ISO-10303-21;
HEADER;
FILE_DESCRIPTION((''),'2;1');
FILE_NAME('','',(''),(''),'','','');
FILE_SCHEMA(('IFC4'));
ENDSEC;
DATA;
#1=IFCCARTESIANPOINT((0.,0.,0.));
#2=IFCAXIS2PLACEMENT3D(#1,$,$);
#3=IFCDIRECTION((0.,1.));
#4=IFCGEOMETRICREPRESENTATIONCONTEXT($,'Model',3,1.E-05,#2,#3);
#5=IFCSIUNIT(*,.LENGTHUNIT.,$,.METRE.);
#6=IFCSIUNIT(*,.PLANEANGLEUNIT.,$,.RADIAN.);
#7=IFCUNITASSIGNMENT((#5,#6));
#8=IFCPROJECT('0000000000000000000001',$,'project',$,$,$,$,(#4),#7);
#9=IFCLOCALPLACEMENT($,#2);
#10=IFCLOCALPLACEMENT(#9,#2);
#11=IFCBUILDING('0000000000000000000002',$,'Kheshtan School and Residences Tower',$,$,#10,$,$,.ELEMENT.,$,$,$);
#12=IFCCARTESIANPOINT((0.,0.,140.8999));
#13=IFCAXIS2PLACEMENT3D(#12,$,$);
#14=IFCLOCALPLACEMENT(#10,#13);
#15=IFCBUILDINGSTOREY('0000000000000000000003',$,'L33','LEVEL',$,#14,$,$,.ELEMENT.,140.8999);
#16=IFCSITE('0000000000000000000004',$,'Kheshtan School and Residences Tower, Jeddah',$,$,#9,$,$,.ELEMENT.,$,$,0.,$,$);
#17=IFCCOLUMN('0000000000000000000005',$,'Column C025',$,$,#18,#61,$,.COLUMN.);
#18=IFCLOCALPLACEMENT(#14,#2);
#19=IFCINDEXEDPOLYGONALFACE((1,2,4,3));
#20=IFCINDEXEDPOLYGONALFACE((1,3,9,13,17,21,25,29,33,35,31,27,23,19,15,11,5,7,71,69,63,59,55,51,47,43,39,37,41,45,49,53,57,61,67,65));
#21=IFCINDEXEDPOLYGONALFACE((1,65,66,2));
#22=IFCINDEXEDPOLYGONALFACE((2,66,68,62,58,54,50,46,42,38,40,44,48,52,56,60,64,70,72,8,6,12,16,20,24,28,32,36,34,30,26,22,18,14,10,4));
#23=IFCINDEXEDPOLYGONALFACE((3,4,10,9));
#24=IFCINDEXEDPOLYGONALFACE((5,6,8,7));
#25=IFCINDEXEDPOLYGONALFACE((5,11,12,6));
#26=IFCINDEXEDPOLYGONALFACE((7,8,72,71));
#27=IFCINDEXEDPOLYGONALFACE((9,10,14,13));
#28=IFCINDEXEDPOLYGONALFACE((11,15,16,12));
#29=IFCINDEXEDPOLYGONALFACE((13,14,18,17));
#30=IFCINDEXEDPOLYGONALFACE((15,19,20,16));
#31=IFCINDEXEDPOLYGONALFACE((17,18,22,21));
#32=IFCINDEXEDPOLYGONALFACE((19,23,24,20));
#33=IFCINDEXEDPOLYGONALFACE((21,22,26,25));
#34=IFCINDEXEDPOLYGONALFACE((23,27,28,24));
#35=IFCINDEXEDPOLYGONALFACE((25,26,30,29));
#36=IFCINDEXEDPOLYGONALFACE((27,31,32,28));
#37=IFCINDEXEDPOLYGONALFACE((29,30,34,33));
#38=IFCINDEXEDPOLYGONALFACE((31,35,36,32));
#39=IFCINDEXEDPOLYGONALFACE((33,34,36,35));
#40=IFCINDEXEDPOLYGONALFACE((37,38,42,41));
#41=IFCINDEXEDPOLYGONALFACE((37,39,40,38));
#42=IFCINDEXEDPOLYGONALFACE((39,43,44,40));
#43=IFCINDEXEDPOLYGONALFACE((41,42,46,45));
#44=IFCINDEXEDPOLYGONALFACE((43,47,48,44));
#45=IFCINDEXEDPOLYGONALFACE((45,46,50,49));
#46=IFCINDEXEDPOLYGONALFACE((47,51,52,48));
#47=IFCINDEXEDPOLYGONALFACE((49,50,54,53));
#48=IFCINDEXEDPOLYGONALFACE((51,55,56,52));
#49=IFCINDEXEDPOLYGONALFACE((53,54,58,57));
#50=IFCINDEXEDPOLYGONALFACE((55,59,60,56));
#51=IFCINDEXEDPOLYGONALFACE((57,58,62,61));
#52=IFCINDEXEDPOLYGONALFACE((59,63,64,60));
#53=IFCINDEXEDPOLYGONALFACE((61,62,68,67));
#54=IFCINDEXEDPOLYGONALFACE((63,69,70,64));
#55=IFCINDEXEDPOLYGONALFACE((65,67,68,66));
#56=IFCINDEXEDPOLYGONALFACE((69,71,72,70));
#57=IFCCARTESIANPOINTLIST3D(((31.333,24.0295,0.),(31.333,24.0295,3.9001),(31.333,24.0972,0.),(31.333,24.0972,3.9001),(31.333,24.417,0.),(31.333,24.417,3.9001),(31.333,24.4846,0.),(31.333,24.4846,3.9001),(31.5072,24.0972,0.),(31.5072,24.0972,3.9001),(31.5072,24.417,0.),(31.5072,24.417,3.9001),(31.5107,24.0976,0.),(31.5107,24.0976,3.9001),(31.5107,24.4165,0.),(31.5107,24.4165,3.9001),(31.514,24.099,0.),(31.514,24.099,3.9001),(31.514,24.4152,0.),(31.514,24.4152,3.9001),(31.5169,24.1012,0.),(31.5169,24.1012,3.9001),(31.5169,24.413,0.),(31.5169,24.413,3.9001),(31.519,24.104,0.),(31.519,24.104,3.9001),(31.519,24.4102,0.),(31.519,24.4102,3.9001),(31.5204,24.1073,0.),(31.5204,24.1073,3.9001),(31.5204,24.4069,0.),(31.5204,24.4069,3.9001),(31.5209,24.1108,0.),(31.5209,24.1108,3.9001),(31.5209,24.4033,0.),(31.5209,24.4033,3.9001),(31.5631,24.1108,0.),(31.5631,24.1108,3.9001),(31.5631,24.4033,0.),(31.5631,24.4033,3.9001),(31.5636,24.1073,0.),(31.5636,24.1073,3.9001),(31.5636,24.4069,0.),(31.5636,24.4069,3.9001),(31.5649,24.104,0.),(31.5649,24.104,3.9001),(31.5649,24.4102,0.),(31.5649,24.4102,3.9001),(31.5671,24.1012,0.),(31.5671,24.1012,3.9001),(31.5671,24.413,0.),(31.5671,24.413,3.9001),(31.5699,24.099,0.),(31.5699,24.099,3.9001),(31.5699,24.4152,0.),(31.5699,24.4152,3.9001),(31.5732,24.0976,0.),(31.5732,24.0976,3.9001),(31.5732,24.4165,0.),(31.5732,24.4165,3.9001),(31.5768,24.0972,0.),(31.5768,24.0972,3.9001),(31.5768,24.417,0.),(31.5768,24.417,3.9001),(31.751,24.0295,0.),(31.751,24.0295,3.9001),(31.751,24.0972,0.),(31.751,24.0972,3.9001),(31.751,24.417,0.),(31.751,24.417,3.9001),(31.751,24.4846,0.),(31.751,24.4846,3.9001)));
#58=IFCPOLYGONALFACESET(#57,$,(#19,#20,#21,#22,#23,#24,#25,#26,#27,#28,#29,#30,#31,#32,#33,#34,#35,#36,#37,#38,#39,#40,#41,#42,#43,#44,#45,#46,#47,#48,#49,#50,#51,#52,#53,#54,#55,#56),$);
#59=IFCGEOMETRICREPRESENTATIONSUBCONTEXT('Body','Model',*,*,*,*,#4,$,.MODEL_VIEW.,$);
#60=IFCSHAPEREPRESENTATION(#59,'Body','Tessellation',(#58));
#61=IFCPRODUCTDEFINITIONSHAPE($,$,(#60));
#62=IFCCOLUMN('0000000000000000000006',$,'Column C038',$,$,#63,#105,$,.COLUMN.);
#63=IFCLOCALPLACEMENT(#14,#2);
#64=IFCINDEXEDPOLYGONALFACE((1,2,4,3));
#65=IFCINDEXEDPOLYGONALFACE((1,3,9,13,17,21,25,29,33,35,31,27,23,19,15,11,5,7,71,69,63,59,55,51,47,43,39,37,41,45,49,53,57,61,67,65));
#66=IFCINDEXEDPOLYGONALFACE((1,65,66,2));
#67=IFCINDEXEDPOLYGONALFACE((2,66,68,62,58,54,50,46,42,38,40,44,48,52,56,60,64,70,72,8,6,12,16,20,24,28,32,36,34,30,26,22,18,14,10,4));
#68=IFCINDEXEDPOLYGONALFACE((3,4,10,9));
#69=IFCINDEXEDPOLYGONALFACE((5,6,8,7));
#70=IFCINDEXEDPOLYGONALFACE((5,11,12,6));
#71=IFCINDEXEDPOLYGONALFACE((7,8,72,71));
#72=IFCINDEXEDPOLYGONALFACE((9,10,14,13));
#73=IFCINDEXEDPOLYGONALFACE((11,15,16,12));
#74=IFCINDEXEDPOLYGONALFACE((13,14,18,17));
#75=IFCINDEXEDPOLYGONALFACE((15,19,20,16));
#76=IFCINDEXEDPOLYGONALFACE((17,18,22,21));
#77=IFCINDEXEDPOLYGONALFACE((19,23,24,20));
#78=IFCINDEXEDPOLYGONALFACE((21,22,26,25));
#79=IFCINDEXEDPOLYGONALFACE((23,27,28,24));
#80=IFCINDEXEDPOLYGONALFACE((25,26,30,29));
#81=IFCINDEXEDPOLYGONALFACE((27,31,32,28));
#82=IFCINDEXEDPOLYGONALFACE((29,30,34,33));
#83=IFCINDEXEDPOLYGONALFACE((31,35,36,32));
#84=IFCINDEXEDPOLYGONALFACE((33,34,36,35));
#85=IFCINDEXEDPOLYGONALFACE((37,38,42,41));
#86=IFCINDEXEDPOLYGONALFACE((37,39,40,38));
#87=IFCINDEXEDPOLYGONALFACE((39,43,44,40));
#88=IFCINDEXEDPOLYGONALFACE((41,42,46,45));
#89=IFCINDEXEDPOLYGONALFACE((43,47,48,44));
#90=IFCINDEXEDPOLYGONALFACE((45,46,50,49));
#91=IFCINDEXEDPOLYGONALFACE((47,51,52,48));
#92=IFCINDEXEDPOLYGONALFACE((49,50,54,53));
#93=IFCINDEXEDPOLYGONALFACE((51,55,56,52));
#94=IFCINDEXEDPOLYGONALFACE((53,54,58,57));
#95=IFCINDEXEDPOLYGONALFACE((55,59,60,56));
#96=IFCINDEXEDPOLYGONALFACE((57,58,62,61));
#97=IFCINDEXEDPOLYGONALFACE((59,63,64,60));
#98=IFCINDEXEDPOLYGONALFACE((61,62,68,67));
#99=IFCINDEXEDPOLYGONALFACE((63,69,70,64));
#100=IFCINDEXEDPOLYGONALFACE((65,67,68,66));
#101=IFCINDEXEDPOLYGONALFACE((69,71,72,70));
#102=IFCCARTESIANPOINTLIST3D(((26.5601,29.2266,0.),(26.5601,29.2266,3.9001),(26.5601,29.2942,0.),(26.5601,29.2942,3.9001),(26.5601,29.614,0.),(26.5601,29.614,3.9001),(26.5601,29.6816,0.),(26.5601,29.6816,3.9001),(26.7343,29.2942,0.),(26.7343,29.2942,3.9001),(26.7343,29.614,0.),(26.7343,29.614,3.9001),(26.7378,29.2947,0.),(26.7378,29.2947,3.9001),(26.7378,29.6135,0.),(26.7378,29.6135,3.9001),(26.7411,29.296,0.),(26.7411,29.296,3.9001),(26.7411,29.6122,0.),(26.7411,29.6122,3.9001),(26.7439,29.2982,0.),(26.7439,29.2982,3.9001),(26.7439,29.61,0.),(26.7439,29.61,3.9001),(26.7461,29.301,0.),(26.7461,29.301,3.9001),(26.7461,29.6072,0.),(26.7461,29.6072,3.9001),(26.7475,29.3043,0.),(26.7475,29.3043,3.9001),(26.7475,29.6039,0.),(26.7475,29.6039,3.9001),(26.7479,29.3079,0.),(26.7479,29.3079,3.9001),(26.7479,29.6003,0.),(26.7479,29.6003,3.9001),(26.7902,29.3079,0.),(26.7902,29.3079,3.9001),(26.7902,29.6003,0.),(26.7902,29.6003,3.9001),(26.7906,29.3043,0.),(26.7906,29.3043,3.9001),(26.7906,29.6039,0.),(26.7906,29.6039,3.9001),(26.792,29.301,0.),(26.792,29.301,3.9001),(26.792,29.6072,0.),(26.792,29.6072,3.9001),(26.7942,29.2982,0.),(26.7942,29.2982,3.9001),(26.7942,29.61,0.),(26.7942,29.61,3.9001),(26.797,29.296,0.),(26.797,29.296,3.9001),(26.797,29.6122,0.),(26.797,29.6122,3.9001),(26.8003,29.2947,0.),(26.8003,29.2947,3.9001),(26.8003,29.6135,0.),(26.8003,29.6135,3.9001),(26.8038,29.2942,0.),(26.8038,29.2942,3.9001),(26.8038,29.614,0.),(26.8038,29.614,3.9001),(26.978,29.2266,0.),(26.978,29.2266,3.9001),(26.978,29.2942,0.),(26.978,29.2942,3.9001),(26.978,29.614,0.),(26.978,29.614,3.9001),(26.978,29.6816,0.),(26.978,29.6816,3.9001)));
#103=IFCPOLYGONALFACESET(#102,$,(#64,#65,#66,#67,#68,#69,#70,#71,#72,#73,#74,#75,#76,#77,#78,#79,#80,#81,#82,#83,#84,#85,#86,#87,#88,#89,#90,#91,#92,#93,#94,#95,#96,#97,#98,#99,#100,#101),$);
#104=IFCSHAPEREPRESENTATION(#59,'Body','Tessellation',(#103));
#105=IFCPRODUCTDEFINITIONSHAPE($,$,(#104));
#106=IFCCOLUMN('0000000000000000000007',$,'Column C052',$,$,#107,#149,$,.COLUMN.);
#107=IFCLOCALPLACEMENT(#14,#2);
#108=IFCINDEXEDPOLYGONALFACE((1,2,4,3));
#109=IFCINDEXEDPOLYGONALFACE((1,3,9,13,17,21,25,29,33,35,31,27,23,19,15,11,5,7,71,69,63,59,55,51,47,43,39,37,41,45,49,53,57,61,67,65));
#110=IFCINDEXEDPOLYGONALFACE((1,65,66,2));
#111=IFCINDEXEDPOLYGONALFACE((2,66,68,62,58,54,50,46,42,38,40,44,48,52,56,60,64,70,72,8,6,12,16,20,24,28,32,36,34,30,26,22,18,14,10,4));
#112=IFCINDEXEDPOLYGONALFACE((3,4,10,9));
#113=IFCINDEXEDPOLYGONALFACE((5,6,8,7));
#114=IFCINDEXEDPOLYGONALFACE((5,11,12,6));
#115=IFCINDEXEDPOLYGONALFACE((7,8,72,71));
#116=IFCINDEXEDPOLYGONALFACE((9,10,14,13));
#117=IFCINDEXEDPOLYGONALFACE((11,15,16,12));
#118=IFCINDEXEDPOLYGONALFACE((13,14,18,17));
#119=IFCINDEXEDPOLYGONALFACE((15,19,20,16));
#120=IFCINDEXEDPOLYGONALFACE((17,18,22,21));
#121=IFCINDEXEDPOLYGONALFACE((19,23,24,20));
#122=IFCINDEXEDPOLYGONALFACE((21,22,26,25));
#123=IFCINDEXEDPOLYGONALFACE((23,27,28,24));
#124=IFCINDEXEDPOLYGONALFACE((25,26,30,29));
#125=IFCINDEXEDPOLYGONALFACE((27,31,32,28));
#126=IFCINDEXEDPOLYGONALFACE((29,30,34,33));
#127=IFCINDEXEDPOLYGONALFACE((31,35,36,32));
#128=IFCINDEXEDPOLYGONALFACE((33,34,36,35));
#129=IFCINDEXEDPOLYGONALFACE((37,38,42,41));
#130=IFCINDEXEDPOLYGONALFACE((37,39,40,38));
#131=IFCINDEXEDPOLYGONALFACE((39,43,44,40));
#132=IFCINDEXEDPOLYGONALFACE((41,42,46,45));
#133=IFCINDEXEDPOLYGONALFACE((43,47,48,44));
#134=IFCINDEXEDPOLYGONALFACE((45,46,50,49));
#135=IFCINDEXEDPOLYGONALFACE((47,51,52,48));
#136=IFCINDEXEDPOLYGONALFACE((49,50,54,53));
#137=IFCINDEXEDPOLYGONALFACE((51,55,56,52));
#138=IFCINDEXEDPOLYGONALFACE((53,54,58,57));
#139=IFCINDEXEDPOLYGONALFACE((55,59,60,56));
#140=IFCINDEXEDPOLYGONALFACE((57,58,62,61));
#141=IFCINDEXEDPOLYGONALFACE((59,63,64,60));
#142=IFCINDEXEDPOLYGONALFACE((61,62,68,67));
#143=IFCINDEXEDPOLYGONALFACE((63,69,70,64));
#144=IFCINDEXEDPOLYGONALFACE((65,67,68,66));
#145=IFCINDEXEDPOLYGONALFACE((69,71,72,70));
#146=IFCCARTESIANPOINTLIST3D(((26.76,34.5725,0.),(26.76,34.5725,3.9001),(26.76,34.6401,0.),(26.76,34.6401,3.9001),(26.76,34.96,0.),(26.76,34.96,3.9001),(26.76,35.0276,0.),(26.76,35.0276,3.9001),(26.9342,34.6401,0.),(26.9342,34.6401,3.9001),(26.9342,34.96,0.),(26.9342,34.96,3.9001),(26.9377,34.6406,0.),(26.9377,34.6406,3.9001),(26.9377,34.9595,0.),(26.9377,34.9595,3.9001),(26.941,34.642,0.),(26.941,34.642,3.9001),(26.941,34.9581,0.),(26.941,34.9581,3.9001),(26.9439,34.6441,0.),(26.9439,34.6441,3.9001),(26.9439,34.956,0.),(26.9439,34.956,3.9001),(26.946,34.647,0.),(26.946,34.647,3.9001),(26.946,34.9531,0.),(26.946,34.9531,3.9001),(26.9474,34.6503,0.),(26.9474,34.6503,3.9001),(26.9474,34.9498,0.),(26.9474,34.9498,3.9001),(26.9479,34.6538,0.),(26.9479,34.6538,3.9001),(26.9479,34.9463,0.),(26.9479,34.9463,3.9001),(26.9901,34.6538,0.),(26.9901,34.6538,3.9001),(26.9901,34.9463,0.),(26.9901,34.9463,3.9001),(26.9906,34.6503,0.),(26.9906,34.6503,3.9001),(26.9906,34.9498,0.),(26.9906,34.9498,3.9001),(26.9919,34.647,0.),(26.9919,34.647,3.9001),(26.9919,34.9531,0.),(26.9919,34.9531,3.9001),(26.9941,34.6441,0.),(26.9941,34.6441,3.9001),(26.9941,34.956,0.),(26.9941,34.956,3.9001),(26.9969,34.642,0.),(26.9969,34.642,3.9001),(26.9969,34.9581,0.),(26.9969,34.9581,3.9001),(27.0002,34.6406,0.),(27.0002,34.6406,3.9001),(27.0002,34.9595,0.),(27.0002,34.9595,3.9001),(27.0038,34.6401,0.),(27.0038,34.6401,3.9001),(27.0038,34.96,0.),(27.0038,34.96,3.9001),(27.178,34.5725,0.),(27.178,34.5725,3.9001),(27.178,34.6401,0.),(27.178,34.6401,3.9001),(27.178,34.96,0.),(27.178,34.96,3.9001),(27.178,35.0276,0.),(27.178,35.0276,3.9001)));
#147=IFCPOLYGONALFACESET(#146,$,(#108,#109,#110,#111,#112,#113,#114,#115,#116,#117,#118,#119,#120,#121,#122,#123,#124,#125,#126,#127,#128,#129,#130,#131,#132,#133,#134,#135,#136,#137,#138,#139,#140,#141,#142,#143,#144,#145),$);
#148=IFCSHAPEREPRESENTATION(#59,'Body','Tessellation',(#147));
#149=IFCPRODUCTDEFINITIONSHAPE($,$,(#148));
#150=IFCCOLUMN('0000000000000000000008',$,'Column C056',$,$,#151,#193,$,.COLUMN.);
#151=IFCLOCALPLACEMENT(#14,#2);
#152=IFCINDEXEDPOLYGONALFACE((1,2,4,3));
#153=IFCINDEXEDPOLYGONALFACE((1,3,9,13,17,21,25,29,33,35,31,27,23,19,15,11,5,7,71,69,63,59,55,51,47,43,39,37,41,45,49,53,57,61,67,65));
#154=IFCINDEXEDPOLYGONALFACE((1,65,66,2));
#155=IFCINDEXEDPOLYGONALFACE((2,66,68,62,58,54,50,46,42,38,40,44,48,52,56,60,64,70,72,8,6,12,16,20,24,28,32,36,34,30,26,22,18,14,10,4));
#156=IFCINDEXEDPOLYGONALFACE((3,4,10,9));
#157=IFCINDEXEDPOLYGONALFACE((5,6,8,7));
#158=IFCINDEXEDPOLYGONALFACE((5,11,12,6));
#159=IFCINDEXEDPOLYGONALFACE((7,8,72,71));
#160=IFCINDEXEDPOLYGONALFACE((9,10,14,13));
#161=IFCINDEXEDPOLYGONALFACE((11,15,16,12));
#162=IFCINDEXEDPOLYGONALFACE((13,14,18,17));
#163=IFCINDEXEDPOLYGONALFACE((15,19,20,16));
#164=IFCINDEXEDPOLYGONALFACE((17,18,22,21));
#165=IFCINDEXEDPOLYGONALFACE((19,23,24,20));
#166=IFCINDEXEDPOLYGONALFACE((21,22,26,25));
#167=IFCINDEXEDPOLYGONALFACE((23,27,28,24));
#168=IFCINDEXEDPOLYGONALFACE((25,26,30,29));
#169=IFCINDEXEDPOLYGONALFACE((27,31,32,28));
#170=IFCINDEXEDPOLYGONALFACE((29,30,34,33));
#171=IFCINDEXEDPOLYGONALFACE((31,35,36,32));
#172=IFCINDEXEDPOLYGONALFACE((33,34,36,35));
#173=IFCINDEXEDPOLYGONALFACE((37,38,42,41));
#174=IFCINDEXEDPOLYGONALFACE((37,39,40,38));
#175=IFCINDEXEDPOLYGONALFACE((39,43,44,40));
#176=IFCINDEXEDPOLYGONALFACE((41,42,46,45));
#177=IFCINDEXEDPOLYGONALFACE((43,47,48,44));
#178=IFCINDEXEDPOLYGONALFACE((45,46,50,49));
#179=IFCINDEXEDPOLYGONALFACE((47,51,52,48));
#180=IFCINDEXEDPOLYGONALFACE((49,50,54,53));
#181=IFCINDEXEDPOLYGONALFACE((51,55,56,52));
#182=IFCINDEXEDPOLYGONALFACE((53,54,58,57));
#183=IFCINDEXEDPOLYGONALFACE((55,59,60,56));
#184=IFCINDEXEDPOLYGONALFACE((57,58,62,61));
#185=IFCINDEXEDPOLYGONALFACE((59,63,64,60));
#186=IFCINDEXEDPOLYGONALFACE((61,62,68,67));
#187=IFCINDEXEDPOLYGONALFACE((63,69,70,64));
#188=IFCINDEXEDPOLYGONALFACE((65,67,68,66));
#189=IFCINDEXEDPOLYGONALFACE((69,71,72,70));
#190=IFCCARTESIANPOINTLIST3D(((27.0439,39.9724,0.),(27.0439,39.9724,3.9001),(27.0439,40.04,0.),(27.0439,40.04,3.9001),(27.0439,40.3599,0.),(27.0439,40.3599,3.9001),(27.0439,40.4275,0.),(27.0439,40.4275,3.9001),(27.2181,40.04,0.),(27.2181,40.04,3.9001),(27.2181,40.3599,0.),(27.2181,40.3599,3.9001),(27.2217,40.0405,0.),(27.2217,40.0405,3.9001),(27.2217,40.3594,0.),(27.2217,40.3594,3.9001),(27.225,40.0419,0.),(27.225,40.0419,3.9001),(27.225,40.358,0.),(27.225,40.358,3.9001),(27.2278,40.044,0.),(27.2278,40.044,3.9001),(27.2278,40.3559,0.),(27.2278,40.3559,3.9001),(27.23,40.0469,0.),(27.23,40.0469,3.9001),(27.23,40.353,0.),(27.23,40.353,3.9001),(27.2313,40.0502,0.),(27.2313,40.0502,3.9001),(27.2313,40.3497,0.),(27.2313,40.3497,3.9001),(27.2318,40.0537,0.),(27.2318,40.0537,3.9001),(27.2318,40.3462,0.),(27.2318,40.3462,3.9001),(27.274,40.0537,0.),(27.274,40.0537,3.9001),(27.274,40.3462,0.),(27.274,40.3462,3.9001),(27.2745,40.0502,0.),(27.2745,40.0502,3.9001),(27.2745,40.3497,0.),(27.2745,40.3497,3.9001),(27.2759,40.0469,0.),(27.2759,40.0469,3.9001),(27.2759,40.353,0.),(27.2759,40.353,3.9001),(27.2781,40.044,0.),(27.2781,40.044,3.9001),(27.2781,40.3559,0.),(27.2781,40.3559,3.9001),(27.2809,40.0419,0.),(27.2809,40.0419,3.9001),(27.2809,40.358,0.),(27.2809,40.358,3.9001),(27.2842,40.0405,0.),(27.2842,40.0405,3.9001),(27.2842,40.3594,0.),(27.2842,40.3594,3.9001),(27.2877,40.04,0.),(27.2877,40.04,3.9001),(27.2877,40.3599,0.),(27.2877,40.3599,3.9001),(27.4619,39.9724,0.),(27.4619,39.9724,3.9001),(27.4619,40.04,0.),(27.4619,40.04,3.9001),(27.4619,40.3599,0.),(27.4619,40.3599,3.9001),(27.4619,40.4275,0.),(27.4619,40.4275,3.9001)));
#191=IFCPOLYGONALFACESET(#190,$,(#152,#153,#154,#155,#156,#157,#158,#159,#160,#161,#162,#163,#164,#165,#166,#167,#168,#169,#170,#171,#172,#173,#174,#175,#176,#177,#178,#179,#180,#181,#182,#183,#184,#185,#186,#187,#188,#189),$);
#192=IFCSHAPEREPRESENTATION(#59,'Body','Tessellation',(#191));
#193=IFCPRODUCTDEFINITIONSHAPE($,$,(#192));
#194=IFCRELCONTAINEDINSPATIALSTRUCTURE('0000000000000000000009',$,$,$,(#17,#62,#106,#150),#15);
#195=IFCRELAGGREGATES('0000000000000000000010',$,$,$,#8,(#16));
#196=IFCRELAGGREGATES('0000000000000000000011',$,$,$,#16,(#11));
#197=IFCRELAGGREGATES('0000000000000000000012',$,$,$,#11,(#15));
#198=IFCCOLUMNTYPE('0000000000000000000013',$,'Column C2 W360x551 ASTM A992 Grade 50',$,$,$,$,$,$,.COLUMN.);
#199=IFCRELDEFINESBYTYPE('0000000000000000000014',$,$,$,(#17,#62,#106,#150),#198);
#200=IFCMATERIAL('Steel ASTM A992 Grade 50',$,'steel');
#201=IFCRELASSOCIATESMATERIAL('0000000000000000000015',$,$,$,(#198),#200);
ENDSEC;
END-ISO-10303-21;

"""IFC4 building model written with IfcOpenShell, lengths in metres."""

from ifc_helpers import new_model, si_unit, direction, frame, origin, origin_2d, place, context, subcontext, project, spatial, i_section, extrude, material, material_profile, profile_set, type_object, element, save


model = new_model("IFC4")

# Units and contexts
model_context = context("Model", 3, precision=1e-05, world=origin(), true_north=direction((0.0, 1.0)))
body_context = subcontext(model_context, "Body", "Model", "MODEL_VIEW")
ifc_project = project(units=[si_unit("LENGTHUNIT", "METRE"), si_unit("PLANEANGLEUNIT", "RADIAN")], contexts=[model_context])

# Site, building, storey
site_placement = place(None, origin())
site = spatial("IfcSite", under=ifc_project, at=site_placement, Name="Kheshtan School and Residences Tower, Jeddah", CompositionType="ELEMENT", RefElevation=0.0)
building_placement = place(site_placement, origin())
building = spatial("IfcBuilding", under=site, at=building_placement, Name="Kheshtan School and Residences Tower", CompositionType="ELEMENT")
storey_placement = place(building_placement, frame((0.0, 0.0, 140.8999)))
storey = spatial("IfcBuildingStorey", under=building, at=storey_placement, Name="L33", Description="LEVEL", CompositionType="ELEMENT", Elevation=140.8999)

# Columns
ifc_material_1 = material(Name="Steel ASTM A992 Grade 50", Category="steel")
ifc_material_profile_1 = material_profile(ifc_material_1, i_section(OverallWidth=0.418, OverallDepth=0.4551, WebThickness=0.0422, FlangeThickness=0.0676, FilletRadius=0.0137, at=origin_2d()), Name="W360x551")
ifc_profile_set_1 = profile_set([ifc_material_profile_1], Name="Steel ASTM A992 Grade 50")
column_type = type_object("IfcColumnType", Name="Column C2 W360x551 ASTM A992 Grade 50", PredefinedType="COLUMN", material=ifc_profile_set_1)
for number, where, z_axis, x_axis, name in (
    (1, (31.542, 24.2571, 0.0), (0.0, 0.0, 1.0), (1.0, 0.0, 0.0), "Column C025"),
    (2, (26.769, 29.4541, 0.0), (0.0, 0.0, 1.0), (1.0, 0.0, 0.0), "Column C038"),
    (3, (26.969, 34.8, 0.0), (0.0, 0.0, 1.0), (1.0, 0.0, 0.0), "Column C052"),
    (4, (27.2529, 40.2, 0.0), (0.0, 0.0, 1.0), (1.0, 0.0, 0.0), "Column C056"),
):
    element("IfcColumn", number, at=place(storey_placement, frame(where, z_axis=z_axis, x_axis=x_axis)), inside=storey, type_object=column_type, Name=name, PredefinedType="COLUMN", context=body_context, shape_type="SweptSolid", body=[
        extrude(i_section(OverallWidth=0.418, OverallDepth=0.4551, WebThickness=0.0422, FlangeThickness=0.0676, FilletRadius=0.0137, at=origin_2d()), origin(), (0.0, 0.0, 1.0), 3.9001),
    ])

save(model, "model.ifc")
